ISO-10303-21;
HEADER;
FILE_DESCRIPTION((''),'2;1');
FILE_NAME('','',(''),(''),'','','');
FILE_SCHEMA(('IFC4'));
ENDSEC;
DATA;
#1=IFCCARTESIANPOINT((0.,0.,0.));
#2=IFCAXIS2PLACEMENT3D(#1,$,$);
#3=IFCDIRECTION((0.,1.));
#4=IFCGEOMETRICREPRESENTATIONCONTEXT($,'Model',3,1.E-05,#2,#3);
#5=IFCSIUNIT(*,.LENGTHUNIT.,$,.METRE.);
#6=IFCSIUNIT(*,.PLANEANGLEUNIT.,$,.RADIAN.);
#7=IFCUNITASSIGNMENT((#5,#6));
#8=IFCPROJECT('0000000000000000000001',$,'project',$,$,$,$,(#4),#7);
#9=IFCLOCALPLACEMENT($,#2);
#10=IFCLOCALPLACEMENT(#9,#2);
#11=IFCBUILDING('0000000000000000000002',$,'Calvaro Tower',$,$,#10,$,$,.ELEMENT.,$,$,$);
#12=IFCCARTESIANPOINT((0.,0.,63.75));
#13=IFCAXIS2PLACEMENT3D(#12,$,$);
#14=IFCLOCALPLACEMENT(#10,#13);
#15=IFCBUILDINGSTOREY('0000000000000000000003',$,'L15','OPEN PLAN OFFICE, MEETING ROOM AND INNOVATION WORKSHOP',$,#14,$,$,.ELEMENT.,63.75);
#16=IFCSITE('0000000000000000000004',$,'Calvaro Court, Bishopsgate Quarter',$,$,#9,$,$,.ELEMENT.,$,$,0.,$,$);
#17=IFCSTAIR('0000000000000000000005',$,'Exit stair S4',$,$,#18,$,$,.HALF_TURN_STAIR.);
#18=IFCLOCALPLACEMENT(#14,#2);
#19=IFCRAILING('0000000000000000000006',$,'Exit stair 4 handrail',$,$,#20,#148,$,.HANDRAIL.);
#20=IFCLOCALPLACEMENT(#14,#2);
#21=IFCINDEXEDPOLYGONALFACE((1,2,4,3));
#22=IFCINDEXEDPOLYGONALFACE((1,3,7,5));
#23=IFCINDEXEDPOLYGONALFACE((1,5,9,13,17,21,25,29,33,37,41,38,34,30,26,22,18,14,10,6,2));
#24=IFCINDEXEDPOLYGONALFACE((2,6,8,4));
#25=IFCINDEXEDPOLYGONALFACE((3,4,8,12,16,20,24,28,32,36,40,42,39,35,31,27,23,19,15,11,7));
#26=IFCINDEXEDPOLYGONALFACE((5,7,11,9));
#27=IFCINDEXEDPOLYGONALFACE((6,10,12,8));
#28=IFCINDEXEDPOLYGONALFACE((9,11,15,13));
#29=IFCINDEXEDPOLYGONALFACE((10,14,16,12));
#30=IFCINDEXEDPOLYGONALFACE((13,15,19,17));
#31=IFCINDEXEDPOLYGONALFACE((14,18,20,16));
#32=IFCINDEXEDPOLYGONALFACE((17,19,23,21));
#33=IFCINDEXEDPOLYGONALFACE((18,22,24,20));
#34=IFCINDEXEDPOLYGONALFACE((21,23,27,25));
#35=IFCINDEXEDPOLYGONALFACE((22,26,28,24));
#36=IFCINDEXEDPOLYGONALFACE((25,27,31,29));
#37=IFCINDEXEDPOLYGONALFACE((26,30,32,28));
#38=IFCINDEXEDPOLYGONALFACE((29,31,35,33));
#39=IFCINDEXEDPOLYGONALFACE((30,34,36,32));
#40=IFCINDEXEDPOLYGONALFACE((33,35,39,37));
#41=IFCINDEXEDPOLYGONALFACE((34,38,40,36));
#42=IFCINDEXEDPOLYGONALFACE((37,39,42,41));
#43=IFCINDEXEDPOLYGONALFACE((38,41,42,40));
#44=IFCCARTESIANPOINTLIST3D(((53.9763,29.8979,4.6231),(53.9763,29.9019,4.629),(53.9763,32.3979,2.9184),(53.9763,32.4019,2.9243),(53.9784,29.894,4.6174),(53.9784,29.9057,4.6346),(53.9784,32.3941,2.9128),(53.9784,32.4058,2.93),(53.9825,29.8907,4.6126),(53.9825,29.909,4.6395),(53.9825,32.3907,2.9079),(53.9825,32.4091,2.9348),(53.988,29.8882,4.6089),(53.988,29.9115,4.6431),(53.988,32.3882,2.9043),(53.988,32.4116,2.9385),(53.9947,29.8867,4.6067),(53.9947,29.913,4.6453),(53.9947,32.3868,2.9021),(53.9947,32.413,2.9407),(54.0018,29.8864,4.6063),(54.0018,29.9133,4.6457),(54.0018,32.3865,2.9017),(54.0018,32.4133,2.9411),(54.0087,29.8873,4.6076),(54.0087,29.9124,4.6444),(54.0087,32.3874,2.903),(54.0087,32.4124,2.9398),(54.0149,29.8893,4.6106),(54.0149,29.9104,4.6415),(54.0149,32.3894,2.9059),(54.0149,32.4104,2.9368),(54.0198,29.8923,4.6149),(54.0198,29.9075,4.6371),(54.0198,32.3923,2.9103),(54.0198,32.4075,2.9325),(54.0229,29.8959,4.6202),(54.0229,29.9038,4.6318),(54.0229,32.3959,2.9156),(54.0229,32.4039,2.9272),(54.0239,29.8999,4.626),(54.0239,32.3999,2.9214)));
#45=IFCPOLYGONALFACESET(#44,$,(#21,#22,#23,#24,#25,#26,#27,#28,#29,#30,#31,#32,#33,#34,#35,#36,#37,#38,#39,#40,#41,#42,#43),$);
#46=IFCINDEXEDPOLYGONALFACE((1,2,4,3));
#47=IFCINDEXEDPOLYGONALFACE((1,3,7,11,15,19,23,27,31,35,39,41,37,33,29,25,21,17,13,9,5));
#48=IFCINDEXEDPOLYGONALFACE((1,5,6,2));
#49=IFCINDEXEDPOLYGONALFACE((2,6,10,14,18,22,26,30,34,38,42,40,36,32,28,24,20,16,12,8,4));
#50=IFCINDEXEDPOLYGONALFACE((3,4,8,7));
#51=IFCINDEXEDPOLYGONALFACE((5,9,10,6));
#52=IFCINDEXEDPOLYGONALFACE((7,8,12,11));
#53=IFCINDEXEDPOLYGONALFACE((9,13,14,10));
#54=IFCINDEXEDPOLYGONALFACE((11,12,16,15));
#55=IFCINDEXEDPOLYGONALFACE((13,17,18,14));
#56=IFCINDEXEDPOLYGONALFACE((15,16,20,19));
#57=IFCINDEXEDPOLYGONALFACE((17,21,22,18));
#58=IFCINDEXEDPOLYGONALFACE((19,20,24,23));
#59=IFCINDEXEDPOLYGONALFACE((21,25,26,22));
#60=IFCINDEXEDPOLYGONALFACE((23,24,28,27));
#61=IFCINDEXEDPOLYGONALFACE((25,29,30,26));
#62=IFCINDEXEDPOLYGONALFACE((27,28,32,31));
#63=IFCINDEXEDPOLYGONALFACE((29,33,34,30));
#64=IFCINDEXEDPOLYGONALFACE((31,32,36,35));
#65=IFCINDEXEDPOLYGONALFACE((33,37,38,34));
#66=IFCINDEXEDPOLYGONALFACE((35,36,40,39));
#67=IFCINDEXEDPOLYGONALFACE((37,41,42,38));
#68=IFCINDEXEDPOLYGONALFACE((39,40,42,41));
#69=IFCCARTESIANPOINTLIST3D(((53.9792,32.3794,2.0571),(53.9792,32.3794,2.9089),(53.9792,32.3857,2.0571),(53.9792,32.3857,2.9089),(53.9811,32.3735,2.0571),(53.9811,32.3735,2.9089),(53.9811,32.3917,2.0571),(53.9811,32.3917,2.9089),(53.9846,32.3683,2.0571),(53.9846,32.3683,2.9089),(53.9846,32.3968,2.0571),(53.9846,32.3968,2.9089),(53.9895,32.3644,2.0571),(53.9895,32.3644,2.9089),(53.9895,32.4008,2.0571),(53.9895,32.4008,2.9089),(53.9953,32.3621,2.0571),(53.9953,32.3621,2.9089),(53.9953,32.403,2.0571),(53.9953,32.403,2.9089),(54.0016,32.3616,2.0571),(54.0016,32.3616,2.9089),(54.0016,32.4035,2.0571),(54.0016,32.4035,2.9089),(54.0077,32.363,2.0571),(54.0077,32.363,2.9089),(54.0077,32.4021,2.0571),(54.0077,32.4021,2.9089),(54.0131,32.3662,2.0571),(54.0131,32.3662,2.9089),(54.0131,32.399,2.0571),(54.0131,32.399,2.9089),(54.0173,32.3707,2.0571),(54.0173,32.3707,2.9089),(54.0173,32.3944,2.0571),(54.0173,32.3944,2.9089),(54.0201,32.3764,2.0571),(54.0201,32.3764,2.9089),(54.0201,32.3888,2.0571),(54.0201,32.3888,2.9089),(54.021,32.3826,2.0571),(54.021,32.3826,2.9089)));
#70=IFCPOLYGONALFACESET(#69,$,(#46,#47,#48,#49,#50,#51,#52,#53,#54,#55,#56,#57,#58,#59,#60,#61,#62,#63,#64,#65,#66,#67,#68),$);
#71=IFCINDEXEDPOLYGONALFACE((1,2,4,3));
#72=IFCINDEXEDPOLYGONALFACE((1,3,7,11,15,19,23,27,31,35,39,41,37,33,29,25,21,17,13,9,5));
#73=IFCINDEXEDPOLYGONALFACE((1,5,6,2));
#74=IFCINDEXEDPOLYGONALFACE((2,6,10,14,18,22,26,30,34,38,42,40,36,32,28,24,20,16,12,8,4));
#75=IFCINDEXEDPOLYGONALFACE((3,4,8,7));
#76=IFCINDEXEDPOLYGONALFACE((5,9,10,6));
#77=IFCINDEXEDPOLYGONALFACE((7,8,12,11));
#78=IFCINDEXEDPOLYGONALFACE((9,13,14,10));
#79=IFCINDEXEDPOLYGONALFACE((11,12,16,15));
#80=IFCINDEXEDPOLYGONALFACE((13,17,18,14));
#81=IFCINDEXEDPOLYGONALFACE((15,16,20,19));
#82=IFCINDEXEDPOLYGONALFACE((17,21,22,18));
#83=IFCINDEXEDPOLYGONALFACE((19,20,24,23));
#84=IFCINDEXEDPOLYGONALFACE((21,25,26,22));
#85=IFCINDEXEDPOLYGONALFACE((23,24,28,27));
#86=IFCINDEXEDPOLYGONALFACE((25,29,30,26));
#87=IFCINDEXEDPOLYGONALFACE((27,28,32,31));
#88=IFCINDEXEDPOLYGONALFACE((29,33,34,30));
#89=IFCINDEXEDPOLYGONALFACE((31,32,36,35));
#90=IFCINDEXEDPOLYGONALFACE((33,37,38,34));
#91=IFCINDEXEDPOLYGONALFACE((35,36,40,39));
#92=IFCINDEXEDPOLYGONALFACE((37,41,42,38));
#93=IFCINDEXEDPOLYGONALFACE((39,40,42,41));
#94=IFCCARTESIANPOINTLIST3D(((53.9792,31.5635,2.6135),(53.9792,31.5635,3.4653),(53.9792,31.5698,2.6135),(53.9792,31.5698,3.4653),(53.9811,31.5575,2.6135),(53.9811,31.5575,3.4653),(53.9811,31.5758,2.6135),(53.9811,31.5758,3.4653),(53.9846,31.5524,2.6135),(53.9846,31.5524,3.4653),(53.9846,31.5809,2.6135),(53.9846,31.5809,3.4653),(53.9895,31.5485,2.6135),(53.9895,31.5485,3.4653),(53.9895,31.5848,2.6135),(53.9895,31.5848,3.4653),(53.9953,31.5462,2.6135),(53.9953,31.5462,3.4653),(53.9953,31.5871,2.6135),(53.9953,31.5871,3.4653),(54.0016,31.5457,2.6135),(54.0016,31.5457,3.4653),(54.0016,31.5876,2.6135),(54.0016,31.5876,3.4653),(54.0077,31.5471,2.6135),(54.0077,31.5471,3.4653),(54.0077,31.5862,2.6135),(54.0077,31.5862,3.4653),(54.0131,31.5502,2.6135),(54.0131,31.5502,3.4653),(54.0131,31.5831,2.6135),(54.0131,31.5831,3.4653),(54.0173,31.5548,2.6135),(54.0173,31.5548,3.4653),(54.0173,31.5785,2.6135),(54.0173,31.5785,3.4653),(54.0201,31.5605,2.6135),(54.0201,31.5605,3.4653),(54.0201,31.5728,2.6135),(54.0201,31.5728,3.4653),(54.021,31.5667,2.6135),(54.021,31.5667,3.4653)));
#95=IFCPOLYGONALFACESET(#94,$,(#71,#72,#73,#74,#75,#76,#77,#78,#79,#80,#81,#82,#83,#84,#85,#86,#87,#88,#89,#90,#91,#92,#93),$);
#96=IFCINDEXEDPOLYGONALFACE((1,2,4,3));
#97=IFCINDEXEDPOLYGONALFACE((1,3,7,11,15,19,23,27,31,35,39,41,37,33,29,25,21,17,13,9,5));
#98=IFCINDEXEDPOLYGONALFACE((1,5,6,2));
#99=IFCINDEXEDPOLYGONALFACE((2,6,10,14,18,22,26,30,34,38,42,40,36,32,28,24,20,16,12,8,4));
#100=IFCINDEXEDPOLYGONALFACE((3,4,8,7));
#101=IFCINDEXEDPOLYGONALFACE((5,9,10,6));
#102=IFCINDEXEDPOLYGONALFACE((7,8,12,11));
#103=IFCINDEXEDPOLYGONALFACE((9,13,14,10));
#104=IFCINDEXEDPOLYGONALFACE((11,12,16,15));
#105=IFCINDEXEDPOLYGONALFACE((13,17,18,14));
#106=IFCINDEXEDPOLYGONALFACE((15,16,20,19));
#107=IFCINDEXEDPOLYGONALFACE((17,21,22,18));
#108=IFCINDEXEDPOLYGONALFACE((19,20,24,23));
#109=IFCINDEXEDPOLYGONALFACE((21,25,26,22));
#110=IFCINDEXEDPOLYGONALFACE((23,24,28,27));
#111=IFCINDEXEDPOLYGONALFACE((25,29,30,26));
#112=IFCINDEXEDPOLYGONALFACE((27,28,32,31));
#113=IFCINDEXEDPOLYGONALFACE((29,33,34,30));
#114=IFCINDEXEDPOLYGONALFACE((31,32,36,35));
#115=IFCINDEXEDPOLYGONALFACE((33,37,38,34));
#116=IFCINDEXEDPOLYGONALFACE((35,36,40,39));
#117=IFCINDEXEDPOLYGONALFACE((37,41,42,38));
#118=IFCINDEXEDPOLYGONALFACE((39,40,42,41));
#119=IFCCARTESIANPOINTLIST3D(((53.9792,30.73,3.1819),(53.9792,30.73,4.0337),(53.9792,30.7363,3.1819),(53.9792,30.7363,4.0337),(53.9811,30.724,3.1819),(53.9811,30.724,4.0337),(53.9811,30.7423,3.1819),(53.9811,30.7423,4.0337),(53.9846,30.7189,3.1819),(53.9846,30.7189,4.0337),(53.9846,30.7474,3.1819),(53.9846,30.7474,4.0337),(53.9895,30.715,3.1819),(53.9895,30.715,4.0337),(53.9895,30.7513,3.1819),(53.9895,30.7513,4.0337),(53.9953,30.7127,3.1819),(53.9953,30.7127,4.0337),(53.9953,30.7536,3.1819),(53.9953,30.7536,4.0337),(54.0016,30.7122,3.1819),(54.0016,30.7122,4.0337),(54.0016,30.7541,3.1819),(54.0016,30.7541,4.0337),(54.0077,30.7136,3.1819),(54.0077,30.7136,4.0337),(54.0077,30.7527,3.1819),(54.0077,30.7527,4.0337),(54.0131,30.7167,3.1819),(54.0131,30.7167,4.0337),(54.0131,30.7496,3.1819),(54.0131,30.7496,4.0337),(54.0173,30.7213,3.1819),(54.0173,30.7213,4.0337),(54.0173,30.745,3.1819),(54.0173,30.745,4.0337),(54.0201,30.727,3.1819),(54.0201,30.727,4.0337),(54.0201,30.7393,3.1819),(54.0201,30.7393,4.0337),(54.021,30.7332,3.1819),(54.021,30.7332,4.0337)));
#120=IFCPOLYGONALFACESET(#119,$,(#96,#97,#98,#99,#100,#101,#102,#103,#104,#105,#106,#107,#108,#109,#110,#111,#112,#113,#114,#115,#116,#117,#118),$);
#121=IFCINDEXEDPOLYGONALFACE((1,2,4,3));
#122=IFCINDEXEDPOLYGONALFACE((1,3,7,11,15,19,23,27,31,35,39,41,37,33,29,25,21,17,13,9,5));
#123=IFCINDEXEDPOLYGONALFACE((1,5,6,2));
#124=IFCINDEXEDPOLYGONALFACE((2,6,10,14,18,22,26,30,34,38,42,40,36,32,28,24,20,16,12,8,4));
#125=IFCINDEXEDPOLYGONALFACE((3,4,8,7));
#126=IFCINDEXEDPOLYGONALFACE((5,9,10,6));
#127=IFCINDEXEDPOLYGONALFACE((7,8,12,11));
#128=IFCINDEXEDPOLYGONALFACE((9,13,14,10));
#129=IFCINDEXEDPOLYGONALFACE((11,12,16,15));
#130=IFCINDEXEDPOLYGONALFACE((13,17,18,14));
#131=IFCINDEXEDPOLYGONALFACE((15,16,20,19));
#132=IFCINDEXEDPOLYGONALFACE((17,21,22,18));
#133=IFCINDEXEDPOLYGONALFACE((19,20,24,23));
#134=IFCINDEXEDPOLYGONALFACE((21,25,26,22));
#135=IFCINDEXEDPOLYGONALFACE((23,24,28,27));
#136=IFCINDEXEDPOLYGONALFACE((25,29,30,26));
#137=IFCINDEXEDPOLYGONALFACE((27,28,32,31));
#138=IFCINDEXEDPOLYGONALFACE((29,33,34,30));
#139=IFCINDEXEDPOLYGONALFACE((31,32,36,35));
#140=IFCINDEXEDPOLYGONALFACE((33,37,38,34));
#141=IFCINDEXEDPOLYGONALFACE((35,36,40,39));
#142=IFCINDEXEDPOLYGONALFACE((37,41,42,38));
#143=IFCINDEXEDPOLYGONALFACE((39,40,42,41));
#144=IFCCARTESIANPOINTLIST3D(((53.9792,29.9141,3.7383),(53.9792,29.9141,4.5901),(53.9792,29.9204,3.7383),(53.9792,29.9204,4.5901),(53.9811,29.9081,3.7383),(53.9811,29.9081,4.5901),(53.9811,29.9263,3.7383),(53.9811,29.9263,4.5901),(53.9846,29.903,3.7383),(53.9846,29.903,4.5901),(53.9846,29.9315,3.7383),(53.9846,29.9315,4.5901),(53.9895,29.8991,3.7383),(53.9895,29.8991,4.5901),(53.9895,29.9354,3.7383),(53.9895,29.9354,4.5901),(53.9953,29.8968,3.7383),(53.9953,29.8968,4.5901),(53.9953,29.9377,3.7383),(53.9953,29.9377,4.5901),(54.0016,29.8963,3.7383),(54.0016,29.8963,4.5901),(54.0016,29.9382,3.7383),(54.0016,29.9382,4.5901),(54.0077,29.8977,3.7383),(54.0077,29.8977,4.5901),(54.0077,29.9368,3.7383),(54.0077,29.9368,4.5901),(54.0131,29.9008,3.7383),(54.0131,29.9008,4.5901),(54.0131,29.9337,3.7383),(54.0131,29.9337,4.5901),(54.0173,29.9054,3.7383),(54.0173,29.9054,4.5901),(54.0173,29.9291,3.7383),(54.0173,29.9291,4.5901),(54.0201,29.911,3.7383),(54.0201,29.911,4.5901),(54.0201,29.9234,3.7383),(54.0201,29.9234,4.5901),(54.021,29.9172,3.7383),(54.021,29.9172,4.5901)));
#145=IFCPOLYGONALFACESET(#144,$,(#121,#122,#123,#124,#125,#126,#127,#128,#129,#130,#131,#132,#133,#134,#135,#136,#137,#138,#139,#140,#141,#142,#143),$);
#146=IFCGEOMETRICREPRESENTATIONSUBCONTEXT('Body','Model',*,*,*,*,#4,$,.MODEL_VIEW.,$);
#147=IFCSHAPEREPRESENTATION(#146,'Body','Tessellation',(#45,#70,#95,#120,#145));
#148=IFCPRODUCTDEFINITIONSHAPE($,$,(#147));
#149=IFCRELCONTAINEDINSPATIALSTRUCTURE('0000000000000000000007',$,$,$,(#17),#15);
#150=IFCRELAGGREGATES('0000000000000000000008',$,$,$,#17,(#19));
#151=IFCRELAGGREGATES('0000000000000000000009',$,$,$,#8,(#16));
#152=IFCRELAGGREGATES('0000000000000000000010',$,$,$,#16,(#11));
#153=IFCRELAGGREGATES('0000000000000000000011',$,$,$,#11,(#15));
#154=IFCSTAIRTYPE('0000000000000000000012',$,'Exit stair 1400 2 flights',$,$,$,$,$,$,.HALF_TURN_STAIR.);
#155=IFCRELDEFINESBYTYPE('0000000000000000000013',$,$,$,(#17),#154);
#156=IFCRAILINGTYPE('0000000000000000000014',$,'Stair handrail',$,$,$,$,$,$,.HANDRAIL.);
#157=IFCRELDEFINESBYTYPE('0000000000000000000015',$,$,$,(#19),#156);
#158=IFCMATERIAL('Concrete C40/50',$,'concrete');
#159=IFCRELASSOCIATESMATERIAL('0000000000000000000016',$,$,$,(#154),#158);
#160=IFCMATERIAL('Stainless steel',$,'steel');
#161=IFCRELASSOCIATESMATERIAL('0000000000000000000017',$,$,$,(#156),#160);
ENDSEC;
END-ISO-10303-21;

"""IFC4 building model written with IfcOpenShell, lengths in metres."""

from ifc_helpers import new_model, si_unit, direction, frame, origin, origin_2d, place, context, subcontext, project, spatial, circle, extrude, material, type_object, element, aggregate, save


model = new_model("IFC4")

# Units and contexts
model_context = context("Model", 3, precision=1e-05, world=origin(), true_north=direction((0.0, 1.0)))
body_context = subcontext(model_context, "Body", "Model", "MODEL_VIEW")
ifc_project = project(units=[si_unit("LENGTHUNIT", "METRE"), si_unit("PLANEANGLEUNIT", "RADIAN")], contexts=[model_context])

# Site, building, storey
site_placement = place(None, origin())
site = spatial("IfcSite", under=ifc_project, at=site_placement, Name="Calvaro Court, Bishopsgate Quarter", CompositionType="ELEMENT", RefElevation=0.0)
building_placement = place(site_placement, origin())
building = spatial("IfcBuilding", under=site, at=building_placement, Name="Calvaro Tower", CompositionType="ELEMENT")
storey_placement = place(building_placement, frame((0.0, 0.0, 63.75)))
storey = spatial("IfcBuildingStorey", under=building, at=storey_placement, Name="L15", Description="OPEN PLAN OFFICE, MEETING ROOM AND INNOVATION WORKSHOP", CompositionType="ELEMENT", Elevation=63.75)

# Shared definitions
ifc_material_1 = material(Name="Concrete C40/50", Category="concrete")
stair_type = type_object("IfcStairType", Name="Exit stair 1400 2 flights", PredefinedType="HALF_TURN_STAIR", material=ifc_material_1)

# Stair, railing
stair_1_placement = place(storey_placement, origin())
stair_1 = element("IfcStair", 1, at=stair_1_placement, inside=storey, type_object=stair_type, Name="Exit stair S4", PredefinedType="HALF_TURN_STAIR")
ifc_material_2 = material(Name="Stainless steel", Category="steel")
railing_type = type_object("IfcRailingType", Name="Stair handrail", PredefinedType="HANDRAIL", material=ifc_material_2)
railing_1_placement = place(storey_placement, frame((54.0, 32.3999, 2.0454)))
railing_1 = element("IfcRailing", 2, at=railing_1_placement, type_object=railing_type, Name="Exit stair 4 handrail", PredefinedType="HANDRAIL", context=body_context, shape_type="SweptSolid", body=[
    extrude(circle(Radius=0.0239, at=origin_2d()), frame((0.0, 0.0, 0.876), z_axis=(0.0, -0.826221, 0.563347), x_axis=(1.0, 0.0, 0.0)), (0.0, 0.0, 1.0), 3.0259),
    extrude(circle(Radius=0.021, at=origin_2d()), frame((0.0, -0.0173, 0.0117)), (0.0, 0.0, 1.0), 0.8518),
    extrude(circle(Radius=0.021, at=origin_2d()), frame((0.0, -0.8333, 0.5681)), (0.0, 0.0, 1.0), 0.8518),
    extrude(circle(Radius=0.021, at=origin_2d()), frame((0.0, -1.6667, 1.1365)), (0.0, 0.0, 1.0), 0.8518),
    extrude(circle(Radius=0.021, at=origin_2d()), frame((0.0, -2.4827, 1.6929)), (0.0, 0.0, 1.0), 0.8518),
])
aggregate(stair_1, [railing_1])

save(model, "model.ifc")
